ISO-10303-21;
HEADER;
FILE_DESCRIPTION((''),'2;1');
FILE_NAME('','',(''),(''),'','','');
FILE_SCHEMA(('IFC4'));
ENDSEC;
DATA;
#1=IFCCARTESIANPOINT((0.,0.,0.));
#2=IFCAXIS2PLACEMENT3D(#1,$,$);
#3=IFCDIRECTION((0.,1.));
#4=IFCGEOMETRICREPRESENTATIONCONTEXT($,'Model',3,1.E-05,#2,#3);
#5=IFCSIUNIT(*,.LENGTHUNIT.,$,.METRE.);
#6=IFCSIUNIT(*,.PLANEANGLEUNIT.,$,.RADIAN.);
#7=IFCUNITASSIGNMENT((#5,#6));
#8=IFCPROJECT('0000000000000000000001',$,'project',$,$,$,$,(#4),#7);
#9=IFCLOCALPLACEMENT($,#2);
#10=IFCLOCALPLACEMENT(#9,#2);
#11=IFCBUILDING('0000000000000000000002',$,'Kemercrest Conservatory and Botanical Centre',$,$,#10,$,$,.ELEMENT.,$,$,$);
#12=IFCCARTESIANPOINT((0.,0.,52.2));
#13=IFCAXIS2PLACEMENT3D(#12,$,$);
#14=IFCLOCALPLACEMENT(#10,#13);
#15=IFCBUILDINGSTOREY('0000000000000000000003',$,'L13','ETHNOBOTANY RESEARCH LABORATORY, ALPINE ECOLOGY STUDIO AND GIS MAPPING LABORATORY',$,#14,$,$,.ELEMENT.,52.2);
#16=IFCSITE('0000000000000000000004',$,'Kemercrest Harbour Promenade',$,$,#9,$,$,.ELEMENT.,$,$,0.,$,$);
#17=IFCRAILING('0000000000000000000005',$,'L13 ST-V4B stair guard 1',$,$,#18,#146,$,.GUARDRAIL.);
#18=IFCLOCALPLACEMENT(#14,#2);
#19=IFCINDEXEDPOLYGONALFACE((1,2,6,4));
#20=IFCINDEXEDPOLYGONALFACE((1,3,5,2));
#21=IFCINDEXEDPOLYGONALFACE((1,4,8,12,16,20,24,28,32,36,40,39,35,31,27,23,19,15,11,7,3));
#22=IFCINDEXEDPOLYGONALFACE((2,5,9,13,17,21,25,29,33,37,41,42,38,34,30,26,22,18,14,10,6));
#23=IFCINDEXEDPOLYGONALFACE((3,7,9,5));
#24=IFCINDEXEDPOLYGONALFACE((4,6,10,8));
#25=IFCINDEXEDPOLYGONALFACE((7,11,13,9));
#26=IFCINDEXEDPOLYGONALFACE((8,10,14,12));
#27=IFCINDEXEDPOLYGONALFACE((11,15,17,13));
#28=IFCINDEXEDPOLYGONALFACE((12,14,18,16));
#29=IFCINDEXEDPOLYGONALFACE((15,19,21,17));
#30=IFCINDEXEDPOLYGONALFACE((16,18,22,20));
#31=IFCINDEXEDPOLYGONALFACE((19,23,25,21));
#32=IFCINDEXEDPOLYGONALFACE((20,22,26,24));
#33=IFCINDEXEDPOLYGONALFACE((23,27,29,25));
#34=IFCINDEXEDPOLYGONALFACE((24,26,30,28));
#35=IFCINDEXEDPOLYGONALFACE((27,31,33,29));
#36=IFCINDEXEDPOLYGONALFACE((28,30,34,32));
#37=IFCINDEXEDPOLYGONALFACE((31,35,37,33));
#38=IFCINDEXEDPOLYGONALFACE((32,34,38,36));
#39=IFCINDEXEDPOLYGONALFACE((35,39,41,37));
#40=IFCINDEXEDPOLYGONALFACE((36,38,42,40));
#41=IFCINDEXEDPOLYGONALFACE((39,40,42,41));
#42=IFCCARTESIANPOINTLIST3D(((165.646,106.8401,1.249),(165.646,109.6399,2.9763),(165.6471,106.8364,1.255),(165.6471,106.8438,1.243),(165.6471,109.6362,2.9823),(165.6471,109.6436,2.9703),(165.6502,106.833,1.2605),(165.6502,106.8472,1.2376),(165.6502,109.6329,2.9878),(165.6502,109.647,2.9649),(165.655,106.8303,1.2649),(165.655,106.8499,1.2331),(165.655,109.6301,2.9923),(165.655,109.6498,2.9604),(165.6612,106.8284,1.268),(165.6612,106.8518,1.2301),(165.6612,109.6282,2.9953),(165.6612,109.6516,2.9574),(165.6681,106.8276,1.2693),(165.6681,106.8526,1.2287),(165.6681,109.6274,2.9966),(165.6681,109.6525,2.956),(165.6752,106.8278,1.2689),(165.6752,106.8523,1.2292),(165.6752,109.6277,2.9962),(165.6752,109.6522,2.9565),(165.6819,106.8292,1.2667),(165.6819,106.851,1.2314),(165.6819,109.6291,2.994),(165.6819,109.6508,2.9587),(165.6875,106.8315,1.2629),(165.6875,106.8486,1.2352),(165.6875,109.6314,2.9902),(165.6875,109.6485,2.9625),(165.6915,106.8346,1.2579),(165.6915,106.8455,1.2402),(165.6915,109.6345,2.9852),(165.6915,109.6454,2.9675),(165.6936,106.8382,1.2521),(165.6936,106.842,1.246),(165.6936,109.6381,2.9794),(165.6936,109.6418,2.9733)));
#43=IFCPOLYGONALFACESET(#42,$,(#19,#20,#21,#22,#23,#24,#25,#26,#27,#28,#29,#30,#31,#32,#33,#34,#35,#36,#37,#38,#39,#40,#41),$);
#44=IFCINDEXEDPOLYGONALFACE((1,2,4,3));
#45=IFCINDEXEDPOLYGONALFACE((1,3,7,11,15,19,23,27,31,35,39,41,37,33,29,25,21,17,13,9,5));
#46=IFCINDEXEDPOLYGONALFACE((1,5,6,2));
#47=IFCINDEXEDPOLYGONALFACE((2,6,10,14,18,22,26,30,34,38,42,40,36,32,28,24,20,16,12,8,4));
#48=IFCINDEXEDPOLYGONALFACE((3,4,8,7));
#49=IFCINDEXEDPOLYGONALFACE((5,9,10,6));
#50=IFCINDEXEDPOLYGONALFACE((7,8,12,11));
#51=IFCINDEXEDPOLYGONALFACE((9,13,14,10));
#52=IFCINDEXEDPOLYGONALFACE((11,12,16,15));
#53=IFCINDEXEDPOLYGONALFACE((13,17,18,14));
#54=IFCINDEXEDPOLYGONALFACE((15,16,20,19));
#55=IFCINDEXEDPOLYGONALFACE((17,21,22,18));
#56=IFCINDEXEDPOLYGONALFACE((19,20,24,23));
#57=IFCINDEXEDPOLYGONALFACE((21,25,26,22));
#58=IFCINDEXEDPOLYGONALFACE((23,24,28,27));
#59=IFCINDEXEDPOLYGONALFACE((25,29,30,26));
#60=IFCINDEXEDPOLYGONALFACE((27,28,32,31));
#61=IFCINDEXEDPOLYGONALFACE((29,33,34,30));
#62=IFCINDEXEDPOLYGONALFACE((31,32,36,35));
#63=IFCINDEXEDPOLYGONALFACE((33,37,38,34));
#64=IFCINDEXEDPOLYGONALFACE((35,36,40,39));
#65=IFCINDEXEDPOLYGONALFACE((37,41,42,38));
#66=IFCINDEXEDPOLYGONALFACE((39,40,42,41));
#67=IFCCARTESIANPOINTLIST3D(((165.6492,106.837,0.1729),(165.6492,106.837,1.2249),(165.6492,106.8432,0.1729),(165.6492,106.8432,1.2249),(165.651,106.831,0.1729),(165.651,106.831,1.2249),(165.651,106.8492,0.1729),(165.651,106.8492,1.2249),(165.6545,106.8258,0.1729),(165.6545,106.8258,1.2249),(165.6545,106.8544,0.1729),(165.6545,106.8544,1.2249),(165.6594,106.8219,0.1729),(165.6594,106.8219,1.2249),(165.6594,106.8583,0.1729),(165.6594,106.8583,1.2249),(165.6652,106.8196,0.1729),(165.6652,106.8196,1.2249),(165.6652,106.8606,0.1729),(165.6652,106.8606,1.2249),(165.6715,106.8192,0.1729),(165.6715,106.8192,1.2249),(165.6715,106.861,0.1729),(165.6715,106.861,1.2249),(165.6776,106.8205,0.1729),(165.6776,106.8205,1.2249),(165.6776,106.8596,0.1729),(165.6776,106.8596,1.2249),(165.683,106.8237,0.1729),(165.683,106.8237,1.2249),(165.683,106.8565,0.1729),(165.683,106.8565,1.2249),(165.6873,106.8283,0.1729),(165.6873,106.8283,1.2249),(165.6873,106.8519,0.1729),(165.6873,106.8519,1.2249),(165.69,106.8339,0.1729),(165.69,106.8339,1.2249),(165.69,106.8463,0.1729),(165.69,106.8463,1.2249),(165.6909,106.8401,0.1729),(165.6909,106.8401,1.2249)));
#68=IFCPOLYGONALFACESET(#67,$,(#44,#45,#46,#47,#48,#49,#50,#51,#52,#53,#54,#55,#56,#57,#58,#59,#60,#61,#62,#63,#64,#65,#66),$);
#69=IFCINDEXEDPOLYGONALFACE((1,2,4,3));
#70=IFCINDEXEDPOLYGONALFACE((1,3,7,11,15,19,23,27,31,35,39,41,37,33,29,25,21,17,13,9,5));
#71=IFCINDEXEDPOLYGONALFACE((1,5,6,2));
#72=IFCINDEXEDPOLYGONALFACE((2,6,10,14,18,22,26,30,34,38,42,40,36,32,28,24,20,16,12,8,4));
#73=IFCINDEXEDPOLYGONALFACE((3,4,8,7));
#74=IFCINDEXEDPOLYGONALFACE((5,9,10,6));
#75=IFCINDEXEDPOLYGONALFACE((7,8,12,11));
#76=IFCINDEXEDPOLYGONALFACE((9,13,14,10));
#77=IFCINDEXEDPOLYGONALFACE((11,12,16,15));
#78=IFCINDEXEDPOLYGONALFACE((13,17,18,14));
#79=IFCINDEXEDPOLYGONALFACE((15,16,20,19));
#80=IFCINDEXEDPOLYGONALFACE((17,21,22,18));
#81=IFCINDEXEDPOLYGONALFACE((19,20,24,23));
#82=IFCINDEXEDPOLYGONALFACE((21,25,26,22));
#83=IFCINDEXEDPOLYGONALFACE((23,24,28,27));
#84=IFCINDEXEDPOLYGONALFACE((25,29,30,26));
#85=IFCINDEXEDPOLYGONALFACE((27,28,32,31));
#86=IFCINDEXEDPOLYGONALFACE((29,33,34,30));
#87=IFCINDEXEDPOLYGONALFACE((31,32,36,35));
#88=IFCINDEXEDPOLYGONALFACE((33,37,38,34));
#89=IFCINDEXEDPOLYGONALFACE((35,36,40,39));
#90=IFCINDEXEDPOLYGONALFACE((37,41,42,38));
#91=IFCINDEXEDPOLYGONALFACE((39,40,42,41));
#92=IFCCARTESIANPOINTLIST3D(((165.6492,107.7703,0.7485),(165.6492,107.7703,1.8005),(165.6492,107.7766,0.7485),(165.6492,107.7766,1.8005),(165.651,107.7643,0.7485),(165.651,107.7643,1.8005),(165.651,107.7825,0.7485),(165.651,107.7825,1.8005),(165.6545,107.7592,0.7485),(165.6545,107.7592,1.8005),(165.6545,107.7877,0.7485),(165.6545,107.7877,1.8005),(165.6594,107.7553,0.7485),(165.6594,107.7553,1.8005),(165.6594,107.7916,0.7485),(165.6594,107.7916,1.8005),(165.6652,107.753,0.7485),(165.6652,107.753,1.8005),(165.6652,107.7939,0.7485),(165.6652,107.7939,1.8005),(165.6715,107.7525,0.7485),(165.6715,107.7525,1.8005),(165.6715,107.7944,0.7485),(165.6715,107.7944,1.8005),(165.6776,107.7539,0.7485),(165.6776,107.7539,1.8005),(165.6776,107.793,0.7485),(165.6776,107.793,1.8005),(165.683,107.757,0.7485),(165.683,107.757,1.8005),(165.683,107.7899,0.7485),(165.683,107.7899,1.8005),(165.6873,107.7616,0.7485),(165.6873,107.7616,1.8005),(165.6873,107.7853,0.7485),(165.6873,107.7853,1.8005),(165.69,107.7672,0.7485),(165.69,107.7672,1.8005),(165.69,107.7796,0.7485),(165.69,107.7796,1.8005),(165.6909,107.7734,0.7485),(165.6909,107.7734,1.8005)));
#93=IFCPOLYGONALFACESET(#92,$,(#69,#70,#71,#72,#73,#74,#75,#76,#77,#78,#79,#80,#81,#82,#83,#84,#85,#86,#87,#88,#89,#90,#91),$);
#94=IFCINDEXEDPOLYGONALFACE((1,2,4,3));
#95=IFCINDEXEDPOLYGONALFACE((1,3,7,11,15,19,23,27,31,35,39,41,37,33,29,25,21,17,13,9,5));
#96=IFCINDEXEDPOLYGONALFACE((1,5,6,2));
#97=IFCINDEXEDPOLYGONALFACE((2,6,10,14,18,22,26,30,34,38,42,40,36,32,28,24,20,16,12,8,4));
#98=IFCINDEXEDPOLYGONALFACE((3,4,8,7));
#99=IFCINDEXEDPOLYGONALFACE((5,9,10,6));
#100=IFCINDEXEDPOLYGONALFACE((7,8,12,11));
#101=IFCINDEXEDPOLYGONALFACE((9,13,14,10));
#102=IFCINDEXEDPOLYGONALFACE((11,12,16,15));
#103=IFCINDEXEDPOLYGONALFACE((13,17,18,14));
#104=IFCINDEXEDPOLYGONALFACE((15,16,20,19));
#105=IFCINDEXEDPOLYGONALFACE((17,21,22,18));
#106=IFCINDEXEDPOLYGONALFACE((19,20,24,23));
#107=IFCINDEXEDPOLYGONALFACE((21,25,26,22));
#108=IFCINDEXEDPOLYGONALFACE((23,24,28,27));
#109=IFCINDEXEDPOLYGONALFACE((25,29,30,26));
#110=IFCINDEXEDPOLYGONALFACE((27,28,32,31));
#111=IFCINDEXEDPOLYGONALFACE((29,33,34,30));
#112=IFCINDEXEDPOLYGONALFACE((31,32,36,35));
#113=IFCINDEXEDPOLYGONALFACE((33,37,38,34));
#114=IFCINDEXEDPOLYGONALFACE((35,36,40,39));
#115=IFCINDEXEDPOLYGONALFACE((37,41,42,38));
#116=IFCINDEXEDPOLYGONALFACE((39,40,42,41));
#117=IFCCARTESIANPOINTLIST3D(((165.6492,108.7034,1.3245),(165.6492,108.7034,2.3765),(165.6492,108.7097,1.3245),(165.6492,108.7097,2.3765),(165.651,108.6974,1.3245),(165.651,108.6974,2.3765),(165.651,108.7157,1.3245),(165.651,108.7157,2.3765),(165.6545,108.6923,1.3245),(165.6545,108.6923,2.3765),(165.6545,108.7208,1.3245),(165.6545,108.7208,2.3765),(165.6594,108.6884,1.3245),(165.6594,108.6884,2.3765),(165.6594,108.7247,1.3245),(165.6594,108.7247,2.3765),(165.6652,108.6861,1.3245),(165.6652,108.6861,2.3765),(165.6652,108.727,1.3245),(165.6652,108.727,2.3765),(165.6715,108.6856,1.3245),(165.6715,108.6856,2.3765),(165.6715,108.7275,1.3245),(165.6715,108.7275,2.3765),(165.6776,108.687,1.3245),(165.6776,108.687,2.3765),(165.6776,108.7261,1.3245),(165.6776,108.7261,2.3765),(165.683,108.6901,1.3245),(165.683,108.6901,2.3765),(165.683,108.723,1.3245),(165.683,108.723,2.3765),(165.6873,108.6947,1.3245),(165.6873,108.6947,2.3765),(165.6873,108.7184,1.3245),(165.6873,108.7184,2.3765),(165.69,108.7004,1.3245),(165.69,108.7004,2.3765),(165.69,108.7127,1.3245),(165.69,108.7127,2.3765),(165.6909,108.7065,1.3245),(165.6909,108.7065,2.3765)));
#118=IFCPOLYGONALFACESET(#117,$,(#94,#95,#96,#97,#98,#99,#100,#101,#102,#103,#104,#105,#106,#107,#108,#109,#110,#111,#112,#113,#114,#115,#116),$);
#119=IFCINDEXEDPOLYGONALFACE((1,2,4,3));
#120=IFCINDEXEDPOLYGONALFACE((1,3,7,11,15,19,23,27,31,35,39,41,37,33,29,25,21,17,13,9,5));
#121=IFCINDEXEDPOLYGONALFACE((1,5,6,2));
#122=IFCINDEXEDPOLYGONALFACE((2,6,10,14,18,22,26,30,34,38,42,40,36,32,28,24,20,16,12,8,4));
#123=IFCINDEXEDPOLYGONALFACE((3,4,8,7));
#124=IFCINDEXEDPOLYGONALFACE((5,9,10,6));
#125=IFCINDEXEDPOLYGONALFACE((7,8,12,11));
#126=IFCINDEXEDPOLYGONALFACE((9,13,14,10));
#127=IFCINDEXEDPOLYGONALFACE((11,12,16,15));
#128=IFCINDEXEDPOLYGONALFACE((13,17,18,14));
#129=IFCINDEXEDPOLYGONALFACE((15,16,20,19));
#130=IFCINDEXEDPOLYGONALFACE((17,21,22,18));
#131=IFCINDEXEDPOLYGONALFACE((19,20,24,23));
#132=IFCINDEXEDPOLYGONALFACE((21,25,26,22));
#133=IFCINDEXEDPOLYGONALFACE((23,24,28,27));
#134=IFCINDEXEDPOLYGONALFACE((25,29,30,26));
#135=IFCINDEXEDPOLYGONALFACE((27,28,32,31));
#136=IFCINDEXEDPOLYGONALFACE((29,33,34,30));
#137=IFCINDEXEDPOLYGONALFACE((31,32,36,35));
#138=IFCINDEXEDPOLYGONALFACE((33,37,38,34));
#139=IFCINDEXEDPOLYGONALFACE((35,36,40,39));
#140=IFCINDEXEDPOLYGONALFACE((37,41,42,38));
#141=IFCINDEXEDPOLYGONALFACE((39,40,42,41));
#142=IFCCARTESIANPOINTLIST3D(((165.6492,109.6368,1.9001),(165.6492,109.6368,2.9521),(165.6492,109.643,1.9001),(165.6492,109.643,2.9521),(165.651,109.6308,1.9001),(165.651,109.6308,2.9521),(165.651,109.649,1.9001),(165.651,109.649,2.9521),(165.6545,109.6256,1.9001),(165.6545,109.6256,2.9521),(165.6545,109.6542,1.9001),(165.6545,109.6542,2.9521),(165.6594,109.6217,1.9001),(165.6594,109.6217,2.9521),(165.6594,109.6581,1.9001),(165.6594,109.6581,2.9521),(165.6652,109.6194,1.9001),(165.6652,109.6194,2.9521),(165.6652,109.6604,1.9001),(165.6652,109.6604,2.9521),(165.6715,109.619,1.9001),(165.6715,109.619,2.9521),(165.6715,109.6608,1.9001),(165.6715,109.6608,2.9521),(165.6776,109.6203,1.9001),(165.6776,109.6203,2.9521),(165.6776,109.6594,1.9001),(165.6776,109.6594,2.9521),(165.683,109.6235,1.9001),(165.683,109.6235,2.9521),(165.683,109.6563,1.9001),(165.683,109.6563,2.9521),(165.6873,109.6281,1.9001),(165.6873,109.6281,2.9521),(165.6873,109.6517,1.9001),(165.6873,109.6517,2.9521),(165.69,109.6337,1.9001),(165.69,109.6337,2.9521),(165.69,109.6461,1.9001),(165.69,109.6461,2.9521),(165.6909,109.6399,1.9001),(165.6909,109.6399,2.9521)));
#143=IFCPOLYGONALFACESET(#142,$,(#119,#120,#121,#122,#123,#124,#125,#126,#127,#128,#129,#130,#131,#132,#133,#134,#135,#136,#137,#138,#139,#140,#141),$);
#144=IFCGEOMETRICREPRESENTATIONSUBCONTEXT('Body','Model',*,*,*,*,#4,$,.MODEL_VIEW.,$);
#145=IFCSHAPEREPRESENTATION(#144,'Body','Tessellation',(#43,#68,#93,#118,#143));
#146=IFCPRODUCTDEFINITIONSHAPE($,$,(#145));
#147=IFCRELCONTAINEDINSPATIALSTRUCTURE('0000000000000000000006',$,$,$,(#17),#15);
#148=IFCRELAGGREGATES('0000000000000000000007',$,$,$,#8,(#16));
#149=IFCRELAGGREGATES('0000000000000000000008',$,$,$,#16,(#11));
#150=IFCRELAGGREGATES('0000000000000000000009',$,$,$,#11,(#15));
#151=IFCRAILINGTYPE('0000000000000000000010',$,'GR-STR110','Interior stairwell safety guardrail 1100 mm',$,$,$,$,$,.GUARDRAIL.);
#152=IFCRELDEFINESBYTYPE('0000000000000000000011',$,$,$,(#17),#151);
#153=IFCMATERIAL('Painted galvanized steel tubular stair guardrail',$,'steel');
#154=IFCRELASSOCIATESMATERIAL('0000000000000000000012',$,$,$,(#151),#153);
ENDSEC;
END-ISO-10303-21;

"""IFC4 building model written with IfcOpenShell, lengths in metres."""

from ifc_helpers import new_model, si_unit, direction, frame, origin, origin_2d, place, context, subcontext, project, spatial, circle, extrude, material, type_object, element, save


model = new_model("IFC4")

# Units and contexts
model_context = context("Model", 3, precision=1e-05, world=origin(), true_north=direction((0.0, 1.0)))
body_context = subcontext(model_context, "Body", "Model", "MODEL_VIEW")
ifc_project = project(units=[si_unit("LENGTHUNIT", "METRE"), si_unit("PLANEANGLEUNIT", "RADIAN")], contexts=[model_context])

# Site, building, storey
site_placement = place(None, origin())
site = spatial("IfcSite", under=ifc_project, at=site_placement, Name="Kemercrest Harbour Promenade", CompositionType="ELEMENT", RefElevation=0.0)
building_placement = place(site_placement, origin())
building = spatial("IfcBuilding", under=site, at=building_placement, Name="Kemercrest Conservatory and Botanical Centre", CompositionType="ELEMENT")
storey_placement = place(building_placement, frame((0.0, 0.0, 52.2)))
storey = spatial("IfcBuildingStorey", under=building, at=storey_placement, Name="L13", Description="ETHNOBOTANY RESEARCH LABORATORY, ALPINE ECOLOGY STUDIO AND GIS MAPPING LABORATORY", CompositionType="ELEMENT", Elevation=52.2)

# Railing
ifc_material_1 = material(Name="Painted galvanized steel tubular stair guardrail", Category="steel")
railing_type_1 = type_object("IfcRailingType", Name="GR-STR110", Description="Interior stairwell safety guardrail 1100 mm", PredefinedType="GUARDRAIL", material=ifc_material_1)
railing_1_placement = place(storey_placement, frame((165.6699, 106.8401, 0.1729)))
element("IfcRailing", 1, at=railing_1_placement, inside=storey, type_object=railing_type_1, Name="L13 ST-V4B stair guard 1", PredefinedType="GUARDRAIL", context=body_context, shape_type="SweptSolid", body=[
    extrude(circle(Radius=0.0239, at=origin_2d()), frame((0.0, 0.0, 1.0762), z_axis=(0.0, 0.851069, 0.525054), x_axis=(-1.0, 0.0, 0.0)), (0.0, 0.0, 1.0), 3.2898),
    extrude(circle(Radius=0.021, at=origin_2d()), origin(), (0.0, 0.0, 1.0), 1.052),
    extrude(circle(Radius=0.021, at=origin_2d()), frame((0.0, 0.9333, 0.5757)), (0.0, 0.0, 1.0), 1.052),
    extrude(circle(Radius=0.021, at=origin_2d()), frame((0.0, 1.8665, 1.1516)), (0.0, 0.0, 1.0), 1.052),
    extrude(circle(Radius=0.021, at=origin_2d()), frame((0.0, 2.7998, 1.7273)), (0.0, 0.0, 1.0), 1.052),
])

save(model, "model.ifc")
